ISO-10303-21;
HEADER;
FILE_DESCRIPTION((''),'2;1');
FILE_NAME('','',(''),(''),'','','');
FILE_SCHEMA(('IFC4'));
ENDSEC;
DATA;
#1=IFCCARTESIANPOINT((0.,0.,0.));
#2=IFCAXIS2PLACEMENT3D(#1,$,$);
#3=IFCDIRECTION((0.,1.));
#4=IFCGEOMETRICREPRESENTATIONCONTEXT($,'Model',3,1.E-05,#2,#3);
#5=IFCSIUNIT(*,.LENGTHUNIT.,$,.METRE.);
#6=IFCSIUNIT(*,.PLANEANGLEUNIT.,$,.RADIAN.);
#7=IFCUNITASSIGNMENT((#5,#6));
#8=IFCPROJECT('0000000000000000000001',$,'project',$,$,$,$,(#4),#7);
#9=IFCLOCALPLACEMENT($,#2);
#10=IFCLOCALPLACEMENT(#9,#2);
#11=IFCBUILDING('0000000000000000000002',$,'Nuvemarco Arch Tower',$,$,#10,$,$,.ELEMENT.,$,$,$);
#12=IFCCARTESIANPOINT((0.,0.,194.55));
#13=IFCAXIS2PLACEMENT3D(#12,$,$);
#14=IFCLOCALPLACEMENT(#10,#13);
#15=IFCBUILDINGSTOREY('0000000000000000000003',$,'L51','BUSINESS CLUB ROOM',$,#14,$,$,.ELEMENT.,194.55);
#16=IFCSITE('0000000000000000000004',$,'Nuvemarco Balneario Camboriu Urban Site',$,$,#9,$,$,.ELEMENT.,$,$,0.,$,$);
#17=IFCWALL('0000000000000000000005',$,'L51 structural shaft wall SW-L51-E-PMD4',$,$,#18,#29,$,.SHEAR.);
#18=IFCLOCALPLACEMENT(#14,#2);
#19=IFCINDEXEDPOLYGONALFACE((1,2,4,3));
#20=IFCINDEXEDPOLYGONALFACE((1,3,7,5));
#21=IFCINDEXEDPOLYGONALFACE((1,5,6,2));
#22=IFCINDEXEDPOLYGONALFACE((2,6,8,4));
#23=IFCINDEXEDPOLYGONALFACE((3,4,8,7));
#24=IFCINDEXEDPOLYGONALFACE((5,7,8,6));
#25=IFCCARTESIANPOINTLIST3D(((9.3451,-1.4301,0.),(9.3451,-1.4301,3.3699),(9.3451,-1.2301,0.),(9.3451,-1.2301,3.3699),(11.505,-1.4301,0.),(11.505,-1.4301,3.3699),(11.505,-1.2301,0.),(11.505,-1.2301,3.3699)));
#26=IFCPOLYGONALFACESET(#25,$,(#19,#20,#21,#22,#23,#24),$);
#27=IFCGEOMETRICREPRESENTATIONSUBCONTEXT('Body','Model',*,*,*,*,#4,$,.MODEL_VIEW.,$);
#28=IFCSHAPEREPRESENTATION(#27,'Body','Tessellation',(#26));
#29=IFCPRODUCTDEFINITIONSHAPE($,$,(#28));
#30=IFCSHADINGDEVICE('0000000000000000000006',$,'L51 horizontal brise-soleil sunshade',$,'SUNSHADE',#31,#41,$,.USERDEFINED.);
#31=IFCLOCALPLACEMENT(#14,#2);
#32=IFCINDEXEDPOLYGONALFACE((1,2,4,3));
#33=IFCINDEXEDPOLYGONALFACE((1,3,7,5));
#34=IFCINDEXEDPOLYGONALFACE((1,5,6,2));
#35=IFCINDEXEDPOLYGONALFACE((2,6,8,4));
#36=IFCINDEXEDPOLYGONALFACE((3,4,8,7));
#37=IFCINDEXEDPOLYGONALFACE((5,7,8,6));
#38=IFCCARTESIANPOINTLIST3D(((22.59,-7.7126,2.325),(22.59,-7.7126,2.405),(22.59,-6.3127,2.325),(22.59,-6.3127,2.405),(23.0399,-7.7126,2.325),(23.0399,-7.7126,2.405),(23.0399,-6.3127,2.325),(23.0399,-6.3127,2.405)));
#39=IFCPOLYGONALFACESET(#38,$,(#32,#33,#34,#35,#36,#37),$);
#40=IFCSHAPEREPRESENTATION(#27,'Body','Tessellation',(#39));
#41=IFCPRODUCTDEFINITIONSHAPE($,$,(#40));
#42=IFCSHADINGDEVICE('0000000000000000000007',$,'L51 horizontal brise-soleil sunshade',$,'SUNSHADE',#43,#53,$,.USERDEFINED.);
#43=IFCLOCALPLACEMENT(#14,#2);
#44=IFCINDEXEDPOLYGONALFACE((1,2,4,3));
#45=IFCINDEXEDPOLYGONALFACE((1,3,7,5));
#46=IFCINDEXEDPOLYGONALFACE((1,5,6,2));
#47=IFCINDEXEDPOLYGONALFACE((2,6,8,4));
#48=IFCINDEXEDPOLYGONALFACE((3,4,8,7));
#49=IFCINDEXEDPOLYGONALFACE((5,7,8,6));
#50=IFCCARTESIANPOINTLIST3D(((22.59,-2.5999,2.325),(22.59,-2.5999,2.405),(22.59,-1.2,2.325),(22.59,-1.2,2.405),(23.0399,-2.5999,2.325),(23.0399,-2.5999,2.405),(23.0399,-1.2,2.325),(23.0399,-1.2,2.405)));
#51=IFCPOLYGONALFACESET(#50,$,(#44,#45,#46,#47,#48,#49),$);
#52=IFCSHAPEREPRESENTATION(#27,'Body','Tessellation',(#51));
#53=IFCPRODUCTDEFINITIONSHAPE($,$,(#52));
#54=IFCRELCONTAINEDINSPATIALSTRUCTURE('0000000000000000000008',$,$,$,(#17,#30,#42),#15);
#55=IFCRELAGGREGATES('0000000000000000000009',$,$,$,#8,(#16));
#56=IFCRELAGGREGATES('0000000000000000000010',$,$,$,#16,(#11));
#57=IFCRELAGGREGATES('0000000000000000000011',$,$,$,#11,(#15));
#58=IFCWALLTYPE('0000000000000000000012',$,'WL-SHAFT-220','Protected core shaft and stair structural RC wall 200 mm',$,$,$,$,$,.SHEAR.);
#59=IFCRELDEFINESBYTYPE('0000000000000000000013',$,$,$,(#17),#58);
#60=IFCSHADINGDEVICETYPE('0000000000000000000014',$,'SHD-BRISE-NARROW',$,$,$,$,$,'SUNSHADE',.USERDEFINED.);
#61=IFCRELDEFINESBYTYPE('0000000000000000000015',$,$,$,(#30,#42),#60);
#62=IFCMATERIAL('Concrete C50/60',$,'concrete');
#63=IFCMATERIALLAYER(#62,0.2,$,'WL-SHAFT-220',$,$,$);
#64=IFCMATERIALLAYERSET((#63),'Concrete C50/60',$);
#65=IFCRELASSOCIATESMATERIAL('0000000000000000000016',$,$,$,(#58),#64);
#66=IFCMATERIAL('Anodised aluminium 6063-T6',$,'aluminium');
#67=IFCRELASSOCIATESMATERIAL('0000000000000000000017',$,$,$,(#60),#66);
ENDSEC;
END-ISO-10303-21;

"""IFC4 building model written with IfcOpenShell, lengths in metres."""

from ifc_helpers import new_model, si_unit, direction, frame, frame_2d, origin, origin_2d, place, context, subcontext, project, spatial, rectangle, extrude, source, transform, mapped, material, layer, layer_set, type_object, type_shapes, element, save


model = new_model("IFC4")

# Units and contexts
model_context = context("Model", 3, precision=1e-05, world=origin(), true_north=direction((0.0, 1.0)))
body_context = subcontext(model_context, "Body", "Model", "MODEL_VIEW")
ifc_project = project(units=[si_unit("LENGTHUNIT", "METRE"), si_unit("PLANEANGLEUNIT", "RADIAN")], contexts=[model_context])

# Site, building, storey
site_placement = place(None, origin())
site = spatial("IfcSite", under=ifc_project, at=site_placement, Name="Nuvemarco Balneario Camboriu Urban Site", CompositionType="ELEMENT", RefElevation=0.0)
building_placement = place(site_placement, origin())
building = spatial("IfcBuilding", under=site, at=building_placement, Name="Nuvemarco Arch Tower", CompositionType="ELEMENT")
storey_placement = place(building_placement, frame((0.0, 0.0, 194.55)))
storey = spatial("IfcBuildingStorey", under=building, at=storey_placement, Name="L51", Description="BUSINESS CLUB ROOM", CompositionType="ELEMENT", Elevation=194.55)

# Shared definitions
ifc_material_1 = material(Name="Concrete C50/60", Category="concrete")

# Shared definitions
ifc_layer_1 = layer(ifc_material_1, 0.2, Name="WL-SHAFT-220")
ifc_layer_set_1 = layer_set([ifc_layer_1], Name="Concrete C50/60")
wall_type_1 = type_object("IfcWallType", Name="WL-SHAFT-220", Description="Protected core shaft and stair structural RC wall 200 mm", PredefinedType="SHEAR", material=ifc_layer_set_1)

# Wall
for number, where, z_axis, x_axis, name in (
    (1, (9.345, -1.3301, 0.0), (0.0, 0.0, 1.0), (1.0, 0.0, 0.0), "L51 structural shaft wall SW-L51-E-PMD4"),
):
    element("IfcWall", number, at=place(storey_placement, frame(where, z_axis=z_axis, x_axis=x_axis)), inside=storey, type_object=wall_type_1, Name=name, PredefinedType="SHEAR", context=body_context, shape_type="SweptSolid", body=[
        extrude(rectangle(XDim=2.1599, YDim=0.2, at=frame_2d((1.0801, 0.0))), origin(), (0.0, 0.0, 1.0), 3.3699),
    ])

# Shading devices
ifc_material_2 = material(Name="Anodised aluminium 6063-T6", Category="aluminium")
shading_device_type = type_object("IfcShadingDeviceType", Name="SHD-BRISE-NARROW", ElementType="SUNSHADE", PredefinedType="USERDEFINED", material=ifc_material_2)
shared_shape_1 = source(origin(), body_context, "Body", "SweptSolid", [
    extrude(rectangle(XDim=1.3999, YDim=0.45, at=origin_2d()), origin(), (0.0, 0.0, 1.0), 0.0801),
])
type_shapes(shading_device_type, [shared_shape_1])
for number, where, z_axis, x_axis, name in (
    (2, (22.8149, -7.0127, 2.325), (0.0, 0.0, 1.0), (0.0, 1.0, 0.0), "L51 horizontal brise-soleil sunshade"),
    (3, (22.8149, -1.8999, 2.325), (0.0, 0.0, 1.0), (0.0, 1.0, 0.0), "L51 horizontal brise-soleil sunshade"),
):
    element("IfcShadingDevice", number, at=place(storey_placement, frame(where, z_axis=z_axis, x_axis=x_axis)), inside=storey, type_object=shading_device_type, Name=name, ObjectType="SUNSHADE", PredefinedType="USERDEFINED", context=body_context, shape_type="MappedRepresentation", body=[
        mapped(shared_shape_1, transform((0.0, 0.0, 0.0), scale=1.0)),
    ])

save(model, "model.ifc")
